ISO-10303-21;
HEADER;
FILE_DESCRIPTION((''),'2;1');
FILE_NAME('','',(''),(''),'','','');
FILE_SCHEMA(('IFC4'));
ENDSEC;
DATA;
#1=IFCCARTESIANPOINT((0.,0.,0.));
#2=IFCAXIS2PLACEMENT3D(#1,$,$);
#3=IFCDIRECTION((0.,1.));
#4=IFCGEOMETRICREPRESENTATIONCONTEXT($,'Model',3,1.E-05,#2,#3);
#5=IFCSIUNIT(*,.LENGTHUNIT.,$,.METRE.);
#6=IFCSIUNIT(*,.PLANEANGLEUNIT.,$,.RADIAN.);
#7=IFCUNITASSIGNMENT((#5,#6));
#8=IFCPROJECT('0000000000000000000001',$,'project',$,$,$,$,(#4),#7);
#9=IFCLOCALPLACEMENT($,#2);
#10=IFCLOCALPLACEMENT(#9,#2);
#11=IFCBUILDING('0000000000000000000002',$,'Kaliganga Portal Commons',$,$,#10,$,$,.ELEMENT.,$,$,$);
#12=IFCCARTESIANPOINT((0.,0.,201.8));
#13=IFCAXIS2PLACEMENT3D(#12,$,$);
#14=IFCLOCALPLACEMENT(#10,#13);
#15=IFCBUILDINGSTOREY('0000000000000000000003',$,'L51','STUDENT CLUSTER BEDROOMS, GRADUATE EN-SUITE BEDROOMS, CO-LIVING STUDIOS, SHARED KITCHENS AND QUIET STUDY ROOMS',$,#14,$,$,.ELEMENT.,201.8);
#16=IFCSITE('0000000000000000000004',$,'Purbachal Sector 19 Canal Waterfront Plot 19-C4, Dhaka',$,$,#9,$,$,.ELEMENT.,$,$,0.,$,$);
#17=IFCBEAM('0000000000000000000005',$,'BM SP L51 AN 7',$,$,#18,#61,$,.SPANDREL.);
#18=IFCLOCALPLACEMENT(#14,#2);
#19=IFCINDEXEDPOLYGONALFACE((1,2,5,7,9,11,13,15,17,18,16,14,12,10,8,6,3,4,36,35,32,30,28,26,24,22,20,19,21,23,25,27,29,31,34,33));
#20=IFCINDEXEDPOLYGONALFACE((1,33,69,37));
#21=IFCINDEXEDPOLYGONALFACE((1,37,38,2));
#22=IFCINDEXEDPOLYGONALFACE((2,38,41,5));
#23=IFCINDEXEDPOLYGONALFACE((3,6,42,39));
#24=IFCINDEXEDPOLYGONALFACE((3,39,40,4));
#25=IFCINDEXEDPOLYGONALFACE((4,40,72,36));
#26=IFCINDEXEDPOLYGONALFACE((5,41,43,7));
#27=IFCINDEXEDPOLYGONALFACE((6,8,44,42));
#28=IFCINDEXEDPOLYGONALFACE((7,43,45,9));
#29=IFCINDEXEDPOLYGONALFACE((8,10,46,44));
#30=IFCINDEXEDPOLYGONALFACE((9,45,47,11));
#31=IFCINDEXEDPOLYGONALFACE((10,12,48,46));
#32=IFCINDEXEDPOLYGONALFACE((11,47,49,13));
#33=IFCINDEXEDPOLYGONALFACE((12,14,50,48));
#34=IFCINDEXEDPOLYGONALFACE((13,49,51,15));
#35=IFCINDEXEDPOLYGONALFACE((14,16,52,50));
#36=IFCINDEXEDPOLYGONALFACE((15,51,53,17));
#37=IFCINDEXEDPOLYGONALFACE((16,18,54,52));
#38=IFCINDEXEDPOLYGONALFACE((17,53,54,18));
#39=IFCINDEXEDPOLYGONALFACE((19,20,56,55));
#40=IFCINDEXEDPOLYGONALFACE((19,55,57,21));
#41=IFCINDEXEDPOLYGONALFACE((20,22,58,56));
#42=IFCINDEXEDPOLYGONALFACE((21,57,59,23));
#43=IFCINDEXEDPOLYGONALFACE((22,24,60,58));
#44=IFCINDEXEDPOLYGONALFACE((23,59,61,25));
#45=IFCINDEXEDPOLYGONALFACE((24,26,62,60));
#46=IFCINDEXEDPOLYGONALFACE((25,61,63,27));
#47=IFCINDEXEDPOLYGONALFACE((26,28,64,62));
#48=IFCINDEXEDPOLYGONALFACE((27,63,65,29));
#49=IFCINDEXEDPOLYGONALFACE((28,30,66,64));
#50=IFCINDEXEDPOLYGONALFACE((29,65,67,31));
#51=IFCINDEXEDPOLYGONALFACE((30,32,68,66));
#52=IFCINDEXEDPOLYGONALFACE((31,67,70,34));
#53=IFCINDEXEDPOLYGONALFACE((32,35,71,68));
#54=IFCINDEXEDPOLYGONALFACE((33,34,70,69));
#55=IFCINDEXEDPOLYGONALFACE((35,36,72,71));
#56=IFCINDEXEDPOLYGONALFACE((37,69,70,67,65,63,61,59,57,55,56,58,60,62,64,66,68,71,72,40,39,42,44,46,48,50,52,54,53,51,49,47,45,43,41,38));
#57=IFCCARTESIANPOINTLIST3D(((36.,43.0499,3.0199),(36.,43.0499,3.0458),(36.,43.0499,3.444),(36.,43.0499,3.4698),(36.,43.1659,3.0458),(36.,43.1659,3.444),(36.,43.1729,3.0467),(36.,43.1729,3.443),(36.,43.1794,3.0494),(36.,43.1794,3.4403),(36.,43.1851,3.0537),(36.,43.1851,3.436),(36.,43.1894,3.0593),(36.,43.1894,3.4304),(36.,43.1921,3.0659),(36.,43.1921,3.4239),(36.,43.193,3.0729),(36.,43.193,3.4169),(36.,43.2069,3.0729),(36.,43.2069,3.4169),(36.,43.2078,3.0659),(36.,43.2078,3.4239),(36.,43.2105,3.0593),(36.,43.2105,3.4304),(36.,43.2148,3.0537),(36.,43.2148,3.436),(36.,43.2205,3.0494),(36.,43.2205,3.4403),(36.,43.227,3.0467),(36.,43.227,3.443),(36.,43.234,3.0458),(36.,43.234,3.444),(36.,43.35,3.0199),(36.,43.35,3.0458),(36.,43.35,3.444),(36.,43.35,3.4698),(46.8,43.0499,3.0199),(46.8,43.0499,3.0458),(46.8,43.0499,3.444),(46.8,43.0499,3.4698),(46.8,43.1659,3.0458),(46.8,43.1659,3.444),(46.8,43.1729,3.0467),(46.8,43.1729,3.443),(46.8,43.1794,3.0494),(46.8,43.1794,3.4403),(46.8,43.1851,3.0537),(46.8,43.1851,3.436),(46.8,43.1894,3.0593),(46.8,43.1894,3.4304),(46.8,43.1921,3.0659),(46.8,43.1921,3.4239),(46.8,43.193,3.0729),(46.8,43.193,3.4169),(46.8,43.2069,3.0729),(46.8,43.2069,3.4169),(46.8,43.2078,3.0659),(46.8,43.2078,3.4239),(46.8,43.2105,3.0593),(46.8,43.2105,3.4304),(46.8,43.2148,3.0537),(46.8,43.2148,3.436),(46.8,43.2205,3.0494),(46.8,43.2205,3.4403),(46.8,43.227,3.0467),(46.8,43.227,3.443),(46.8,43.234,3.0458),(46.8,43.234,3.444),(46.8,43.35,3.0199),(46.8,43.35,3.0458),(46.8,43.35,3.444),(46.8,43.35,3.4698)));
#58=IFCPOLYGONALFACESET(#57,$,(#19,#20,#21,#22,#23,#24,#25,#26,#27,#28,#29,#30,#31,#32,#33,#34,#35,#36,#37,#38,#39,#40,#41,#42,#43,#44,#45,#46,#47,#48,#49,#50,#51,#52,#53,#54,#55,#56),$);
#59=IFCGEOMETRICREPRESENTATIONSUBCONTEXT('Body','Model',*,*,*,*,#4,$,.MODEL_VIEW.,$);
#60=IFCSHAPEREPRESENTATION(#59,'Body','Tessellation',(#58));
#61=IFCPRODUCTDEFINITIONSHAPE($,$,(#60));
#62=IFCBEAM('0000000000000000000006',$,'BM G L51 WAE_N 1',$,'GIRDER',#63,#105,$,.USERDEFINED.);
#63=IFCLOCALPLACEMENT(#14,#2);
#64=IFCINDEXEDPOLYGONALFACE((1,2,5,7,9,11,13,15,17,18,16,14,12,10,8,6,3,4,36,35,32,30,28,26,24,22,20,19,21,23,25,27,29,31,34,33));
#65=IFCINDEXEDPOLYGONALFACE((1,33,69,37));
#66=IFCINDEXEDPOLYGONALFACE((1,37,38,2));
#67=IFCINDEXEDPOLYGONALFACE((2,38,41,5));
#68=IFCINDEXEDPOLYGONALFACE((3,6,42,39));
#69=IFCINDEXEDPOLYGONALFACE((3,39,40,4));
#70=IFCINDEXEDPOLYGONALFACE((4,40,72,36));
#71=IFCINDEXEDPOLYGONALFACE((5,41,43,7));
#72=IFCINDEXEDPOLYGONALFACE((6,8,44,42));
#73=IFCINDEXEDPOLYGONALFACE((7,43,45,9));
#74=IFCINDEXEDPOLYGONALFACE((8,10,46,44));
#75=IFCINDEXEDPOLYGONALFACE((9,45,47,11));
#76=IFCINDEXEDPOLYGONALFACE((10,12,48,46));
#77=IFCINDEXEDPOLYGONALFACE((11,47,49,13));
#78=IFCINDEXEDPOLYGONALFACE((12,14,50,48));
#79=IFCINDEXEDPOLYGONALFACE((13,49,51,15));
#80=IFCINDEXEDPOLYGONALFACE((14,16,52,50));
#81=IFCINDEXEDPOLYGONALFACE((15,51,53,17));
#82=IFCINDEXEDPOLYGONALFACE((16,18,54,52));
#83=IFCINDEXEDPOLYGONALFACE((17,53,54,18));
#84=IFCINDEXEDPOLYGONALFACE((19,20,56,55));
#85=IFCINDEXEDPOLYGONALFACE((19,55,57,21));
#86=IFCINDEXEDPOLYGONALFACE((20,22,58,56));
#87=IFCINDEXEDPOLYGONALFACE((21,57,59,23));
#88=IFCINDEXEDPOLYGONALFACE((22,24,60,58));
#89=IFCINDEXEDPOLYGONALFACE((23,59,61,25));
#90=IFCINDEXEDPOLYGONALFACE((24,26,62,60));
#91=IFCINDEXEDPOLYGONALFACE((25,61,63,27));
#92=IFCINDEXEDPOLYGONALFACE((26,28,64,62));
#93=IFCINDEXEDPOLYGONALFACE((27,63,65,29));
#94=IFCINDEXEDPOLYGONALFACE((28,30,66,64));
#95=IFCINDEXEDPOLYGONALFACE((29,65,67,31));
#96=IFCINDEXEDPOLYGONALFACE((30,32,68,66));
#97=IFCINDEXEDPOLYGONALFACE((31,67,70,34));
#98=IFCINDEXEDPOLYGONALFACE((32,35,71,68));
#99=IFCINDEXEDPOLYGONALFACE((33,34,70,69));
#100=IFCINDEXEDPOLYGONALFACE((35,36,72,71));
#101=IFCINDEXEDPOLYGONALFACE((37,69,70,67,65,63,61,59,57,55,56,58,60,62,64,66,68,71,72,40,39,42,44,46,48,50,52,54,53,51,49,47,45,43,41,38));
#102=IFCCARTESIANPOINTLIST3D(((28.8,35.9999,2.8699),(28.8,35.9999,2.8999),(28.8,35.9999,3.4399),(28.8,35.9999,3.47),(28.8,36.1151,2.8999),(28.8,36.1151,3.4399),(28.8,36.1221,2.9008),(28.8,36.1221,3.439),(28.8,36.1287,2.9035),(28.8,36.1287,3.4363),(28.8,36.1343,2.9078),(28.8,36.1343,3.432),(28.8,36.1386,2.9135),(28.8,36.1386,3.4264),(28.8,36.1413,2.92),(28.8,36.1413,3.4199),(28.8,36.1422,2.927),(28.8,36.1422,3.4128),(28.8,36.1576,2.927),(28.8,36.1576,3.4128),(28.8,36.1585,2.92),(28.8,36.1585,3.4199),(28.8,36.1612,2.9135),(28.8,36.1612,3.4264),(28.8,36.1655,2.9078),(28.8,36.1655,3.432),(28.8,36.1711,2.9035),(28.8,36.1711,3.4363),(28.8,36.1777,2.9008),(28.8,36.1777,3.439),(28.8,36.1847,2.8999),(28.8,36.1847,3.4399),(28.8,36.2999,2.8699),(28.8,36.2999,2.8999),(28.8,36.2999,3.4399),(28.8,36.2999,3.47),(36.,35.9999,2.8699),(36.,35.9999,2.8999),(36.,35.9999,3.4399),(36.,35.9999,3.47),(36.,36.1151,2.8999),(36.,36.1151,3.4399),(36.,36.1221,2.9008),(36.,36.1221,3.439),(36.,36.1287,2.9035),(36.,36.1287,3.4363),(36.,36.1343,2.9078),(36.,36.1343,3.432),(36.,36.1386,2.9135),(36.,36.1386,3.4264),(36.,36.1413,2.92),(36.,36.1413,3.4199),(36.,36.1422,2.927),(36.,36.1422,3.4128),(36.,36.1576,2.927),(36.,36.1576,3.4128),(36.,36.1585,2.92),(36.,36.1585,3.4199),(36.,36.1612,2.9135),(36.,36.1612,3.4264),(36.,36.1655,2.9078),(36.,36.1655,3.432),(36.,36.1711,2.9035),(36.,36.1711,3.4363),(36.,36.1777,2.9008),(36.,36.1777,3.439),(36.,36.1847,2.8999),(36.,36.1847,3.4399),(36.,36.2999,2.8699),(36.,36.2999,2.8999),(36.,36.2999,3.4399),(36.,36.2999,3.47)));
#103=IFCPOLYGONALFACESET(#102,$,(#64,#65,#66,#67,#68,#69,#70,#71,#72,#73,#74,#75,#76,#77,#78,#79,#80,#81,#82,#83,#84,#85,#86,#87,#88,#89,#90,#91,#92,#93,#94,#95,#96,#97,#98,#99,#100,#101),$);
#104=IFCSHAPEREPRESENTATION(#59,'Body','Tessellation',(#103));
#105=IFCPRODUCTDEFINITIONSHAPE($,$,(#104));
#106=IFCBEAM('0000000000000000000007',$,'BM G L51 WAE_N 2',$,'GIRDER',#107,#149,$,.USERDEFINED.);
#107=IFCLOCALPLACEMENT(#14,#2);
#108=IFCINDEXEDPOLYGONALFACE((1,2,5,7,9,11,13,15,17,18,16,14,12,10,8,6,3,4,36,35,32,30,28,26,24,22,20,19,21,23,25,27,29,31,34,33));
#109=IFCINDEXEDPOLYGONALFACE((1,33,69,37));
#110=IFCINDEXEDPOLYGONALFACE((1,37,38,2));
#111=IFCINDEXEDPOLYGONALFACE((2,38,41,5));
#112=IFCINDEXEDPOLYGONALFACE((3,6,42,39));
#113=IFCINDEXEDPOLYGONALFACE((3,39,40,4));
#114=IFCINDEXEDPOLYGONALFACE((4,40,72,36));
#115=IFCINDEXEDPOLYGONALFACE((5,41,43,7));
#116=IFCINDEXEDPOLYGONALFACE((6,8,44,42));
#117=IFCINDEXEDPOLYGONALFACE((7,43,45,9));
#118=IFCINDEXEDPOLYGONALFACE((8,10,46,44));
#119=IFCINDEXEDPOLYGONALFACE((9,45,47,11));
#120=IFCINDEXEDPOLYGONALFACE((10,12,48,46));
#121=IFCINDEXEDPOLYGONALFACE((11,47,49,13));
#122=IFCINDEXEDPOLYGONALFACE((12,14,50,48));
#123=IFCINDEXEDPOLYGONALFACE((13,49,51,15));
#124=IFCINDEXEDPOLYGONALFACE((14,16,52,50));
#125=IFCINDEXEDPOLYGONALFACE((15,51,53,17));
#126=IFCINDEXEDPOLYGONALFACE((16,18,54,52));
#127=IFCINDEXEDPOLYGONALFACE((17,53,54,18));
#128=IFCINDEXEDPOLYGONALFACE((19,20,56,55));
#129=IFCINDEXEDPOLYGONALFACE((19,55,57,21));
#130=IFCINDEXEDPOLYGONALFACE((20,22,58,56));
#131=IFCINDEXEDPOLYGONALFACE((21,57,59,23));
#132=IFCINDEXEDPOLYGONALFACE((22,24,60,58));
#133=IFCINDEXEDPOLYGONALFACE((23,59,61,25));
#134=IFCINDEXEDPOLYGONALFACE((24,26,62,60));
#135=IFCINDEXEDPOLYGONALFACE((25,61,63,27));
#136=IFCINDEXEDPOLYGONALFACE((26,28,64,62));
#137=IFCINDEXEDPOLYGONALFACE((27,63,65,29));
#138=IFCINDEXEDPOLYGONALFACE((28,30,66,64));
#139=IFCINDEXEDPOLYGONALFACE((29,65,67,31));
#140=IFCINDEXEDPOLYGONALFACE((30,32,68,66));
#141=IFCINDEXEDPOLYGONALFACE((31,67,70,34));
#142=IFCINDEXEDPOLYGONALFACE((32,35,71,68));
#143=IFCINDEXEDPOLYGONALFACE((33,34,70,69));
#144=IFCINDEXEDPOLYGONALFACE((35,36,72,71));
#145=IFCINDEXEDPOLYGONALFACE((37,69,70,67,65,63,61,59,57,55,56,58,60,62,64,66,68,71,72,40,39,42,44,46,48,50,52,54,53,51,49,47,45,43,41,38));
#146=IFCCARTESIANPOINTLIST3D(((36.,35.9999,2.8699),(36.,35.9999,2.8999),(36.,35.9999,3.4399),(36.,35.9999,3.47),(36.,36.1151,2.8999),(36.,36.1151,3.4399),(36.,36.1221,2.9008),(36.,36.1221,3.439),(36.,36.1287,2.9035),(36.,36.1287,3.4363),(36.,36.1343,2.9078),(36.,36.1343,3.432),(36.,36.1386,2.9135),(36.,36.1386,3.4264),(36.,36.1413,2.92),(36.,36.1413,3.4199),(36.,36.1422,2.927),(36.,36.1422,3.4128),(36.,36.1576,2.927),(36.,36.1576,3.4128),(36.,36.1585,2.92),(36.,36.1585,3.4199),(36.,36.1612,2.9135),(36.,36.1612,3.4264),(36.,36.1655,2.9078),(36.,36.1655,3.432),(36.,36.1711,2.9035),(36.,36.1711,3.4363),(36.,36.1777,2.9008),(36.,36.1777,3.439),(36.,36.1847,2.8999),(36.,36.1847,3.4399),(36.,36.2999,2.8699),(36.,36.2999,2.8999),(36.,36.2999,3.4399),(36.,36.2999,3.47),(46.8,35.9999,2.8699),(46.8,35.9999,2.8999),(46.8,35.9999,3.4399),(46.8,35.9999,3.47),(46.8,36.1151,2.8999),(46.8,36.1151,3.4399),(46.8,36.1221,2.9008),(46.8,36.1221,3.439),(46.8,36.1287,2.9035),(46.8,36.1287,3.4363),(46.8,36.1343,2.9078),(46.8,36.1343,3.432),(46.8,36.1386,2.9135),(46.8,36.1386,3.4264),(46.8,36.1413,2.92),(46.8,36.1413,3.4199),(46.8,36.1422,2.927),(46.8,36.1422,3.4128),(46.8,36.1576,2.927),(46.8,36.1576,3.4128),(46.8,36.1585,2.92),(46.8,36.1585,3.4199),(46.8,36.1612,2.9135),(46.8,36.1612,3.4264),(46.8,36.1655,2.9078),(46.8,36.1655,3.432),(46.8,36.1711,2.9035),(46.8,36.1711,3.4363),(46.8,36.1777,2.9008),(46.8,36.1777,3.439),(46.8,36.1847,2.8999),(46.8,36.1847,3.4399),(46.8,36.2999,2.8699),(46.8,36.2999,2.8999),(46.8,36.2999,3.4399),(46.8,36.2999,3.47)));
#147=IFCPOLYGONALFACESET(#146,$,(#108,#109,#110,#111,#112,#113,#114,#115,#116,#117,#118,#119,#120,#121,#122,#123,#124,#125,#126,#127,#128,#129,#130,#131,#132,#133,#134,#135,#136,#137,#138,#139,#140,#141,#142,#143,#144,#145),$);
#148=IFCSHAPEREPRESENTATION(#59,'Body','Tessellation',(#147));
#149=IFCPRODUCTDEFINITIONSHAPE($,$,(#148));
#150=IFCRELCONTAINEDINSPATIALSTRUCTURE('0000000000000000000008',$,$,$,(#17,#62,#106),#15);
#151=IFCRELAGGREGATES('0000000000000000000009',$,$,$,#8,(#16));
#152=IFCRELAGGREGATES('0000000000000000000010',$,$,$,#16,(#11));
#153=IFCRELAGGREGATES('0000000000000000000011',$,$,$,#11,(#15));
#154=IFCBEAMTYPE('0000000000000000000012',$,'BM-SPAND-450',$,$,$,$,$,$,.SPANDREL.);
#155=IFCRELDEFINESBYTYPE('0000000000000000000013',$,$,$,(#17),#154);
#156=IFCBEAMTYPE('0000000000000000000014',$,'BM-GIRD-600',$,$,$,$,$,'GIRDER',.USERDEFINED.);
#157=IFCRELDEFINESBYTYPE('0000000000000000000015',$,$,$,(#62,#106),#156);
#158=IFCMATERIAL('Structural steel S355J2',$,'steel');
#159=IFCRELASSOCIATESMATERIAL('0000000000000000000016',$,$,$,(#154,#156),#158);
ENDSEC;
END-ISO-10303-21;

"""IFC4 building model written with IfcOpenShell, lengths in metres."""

from ifc_helpers import new_model, si_unit, direction, frame, origin, origin_2d, place, context, subcontext, project, spatial, i_section, extrude, source, transform, mapped, material, material_profile, profile_set, type_object, element, save


model = new_model("IFC4")

# Units and contexts
model_context = context("Model", 3, precision=1e-05, world=origin(), true_north=direction((0.0, 1.0)))
body_context = subcontext(model_context, "Body", "Model", "MODEL_VIEW")
ifc_project = project(units=[si_unit("LENGTHUNIT", "METRE"), si_unit("PLANEANGLEUNIT", "RADIAN")], contexts=[model_context])

# Site, building, storey
site_placement = place(None, origin())
site = spatial("IfcSite", under=ifc_project, at=site_placement, Name="Purbachal Sector 19 Canal Waterfront Plot 19-C4, Dhaka", CompositionType="ELEMENT", RefElevation=0.0)
building_placement = place(site_placement, origin())
building = spatial("IfcBuilding", under=site, at=building_placement, Name="Kaliganga Portal Commons", CompositionType="ELEMENT")
storey_placement = place(building_placement, frame((0.0, 0.0, 201.8)))
storey = spatial("IfcBuildingStorey", under=building, at=storey_placement, Name="L51", Description="STUDENT CLUSTER BEDROOMS, GRADUATE EN-SUITE BEDROOMS, CO-LIVING STUDIOS, SHARED KITCHENS AND QUIET STUDY ROOMS", CompositionType="ELEMENT", Elevation=201.8)

# Shared definitions
ifc_material_1 = material(Name="Structural steel S355J2", Category="steel")

# Beams
ifc_material_profile_1 = material_profile(ifc_material_1, i_section(OverallWidth=0.3, OverallDepth=0.45, WebThickness=0.0139, FlangeThickness=0.0259, FilletRadius=0.0271, at=origin_2d()), Name="HE 450 B")
ifc_profile_set_1 = profile_set([ifc_material_profile_1], Name="Structural steel S355J2 wide-flange")
beam_type_1 = type_object("IfcBeamType", Name="BM-SPAND-450", PredefinedType="SPANDREL", material=ifc_profile_set_1)
shared_shape_1 = source(origin(), body_context, "Body", "SweptSolid", [
    extrude(i_section(OverallWidth=0.3, OverallDepth=0.45, WebThickness=0.0139, FlangeThickness=0.0259, FilletRadius=0.0271, at=origin_2d()), origin(), (0.0, 0.0, 1.0), 10.8),
])
beam_1_placement = place(storey_placement, frame((36.0, 43.2, 3.2449), z_axis=(1.0, 0.0, 0.0), x_axis=(0.0, 1.0, 0.0)))
element("IfcBeam", 1, at=beam_1_placement, inside=storey, type_object=beam_type_1, Name="BM SP L51 AN 7", PredefinedType="SPANDREL", context=body_context, shape_type="MappedRepresentation", body=[
    mapped(shared_shape_1, transform((0.0, 0.0, 0.0), x_axis=(1.0, 0.0, 0.0), y_axis=(0.0, 1.0, 0.0), z_axis=(0.0, 0.0, 1.0), scale=1.0)),
])
ifc_material_profile_2 = material_profile(ifc_material_1, i_section(OverallWidth=0.3, OverallDepth=0.6001, WebThickness=0.0154, FlangeThickness=0.03, FilletRadius=0.0271, at=origin_2d()), Name="HE 600 B")
ifc_profile_set_2 = profile_set([ifc_material_profile_2], Name="Structural steel S355J2 wide-flange")
beam_type_2 = type_object("IfcBeamType", Name="BM-GIRD-600", ElementType="GIRDER", PredefinedType="USERDEFINED", material=ifc_profile_set_2)
shared_shape_2 = source(origin(), body_context, "Body", "SweptSolid", [
    extrude(i_section(OverallWidth=0.3, OverallDepth=0.6001, WebThickness=0.0154, FlangeThickness=0.03, FilletRadius=0.0271, at=origin_2d()), origin(), (0.0, 0.0, 1.0), 7.2),
])
beam_2_placement = place(storey_placement, frame((28.8, 36.1499, 3.1699), z_axis=(1.0, 0.0, 0.0), x_axis=(0.0, 1.0, 0.0)))
element("IfcBeam", 2, at=beam_2_placement, inside=storey, type_object=beam_type_2, Name="BM G L51 WAE_N 1", ObjectType="GIRDER", PredefinedType="USERDEFINED", context=body_context, shape_type="MappedRepresentation", body=[
    mapped(shared_shape_2, transform((0.0, 0.0, 0.0), x_axis=(1.0, 0.0, 0.0), y_axis=(0.0, 1.0, 0.0), z_axis=(0.0, 0.0, 1.0), scale=1.0)),
])
shared_shape_3 = source(origin(), body_context, "Body", "SweptSolid", [
    extrude(i_section(OverallWidth=0.3, OverallDepth=0.6001, WebThickness=0.0154, FlangeThickness=0.03, FilletRadius=0.0271, at=origin_2d()), origin(), (0.0, 0.0, 1.0), 10.8),
])
beam_3_placement = place(storey_placement, frame((36.0, 36.1499, 3.1699), z_axis=(1.0, 0.0, 0.0), x_axis=(0.0, 1.0, 0.0)))
element("IfcBeam", 3, at=beam_3_placement, inside=storey, type_object=beam_type_2, Name="BM G L51 WAE_N 2", ObjectType="GIRDER", PredefinedType="USERDEFINED", context=body_context, shape_type="MappedRepresentation", body=[
    mapped(shared_shape_3, transform((0.0, 0.0, 0.0), x_axis=(1.0, 0.0, 0.0), y_axis=(0.0, 1.0, 0.0), z_axis=(0.0, 0.0, 1.0), scale=1.0)),
])

save(model, "model.ifc")
